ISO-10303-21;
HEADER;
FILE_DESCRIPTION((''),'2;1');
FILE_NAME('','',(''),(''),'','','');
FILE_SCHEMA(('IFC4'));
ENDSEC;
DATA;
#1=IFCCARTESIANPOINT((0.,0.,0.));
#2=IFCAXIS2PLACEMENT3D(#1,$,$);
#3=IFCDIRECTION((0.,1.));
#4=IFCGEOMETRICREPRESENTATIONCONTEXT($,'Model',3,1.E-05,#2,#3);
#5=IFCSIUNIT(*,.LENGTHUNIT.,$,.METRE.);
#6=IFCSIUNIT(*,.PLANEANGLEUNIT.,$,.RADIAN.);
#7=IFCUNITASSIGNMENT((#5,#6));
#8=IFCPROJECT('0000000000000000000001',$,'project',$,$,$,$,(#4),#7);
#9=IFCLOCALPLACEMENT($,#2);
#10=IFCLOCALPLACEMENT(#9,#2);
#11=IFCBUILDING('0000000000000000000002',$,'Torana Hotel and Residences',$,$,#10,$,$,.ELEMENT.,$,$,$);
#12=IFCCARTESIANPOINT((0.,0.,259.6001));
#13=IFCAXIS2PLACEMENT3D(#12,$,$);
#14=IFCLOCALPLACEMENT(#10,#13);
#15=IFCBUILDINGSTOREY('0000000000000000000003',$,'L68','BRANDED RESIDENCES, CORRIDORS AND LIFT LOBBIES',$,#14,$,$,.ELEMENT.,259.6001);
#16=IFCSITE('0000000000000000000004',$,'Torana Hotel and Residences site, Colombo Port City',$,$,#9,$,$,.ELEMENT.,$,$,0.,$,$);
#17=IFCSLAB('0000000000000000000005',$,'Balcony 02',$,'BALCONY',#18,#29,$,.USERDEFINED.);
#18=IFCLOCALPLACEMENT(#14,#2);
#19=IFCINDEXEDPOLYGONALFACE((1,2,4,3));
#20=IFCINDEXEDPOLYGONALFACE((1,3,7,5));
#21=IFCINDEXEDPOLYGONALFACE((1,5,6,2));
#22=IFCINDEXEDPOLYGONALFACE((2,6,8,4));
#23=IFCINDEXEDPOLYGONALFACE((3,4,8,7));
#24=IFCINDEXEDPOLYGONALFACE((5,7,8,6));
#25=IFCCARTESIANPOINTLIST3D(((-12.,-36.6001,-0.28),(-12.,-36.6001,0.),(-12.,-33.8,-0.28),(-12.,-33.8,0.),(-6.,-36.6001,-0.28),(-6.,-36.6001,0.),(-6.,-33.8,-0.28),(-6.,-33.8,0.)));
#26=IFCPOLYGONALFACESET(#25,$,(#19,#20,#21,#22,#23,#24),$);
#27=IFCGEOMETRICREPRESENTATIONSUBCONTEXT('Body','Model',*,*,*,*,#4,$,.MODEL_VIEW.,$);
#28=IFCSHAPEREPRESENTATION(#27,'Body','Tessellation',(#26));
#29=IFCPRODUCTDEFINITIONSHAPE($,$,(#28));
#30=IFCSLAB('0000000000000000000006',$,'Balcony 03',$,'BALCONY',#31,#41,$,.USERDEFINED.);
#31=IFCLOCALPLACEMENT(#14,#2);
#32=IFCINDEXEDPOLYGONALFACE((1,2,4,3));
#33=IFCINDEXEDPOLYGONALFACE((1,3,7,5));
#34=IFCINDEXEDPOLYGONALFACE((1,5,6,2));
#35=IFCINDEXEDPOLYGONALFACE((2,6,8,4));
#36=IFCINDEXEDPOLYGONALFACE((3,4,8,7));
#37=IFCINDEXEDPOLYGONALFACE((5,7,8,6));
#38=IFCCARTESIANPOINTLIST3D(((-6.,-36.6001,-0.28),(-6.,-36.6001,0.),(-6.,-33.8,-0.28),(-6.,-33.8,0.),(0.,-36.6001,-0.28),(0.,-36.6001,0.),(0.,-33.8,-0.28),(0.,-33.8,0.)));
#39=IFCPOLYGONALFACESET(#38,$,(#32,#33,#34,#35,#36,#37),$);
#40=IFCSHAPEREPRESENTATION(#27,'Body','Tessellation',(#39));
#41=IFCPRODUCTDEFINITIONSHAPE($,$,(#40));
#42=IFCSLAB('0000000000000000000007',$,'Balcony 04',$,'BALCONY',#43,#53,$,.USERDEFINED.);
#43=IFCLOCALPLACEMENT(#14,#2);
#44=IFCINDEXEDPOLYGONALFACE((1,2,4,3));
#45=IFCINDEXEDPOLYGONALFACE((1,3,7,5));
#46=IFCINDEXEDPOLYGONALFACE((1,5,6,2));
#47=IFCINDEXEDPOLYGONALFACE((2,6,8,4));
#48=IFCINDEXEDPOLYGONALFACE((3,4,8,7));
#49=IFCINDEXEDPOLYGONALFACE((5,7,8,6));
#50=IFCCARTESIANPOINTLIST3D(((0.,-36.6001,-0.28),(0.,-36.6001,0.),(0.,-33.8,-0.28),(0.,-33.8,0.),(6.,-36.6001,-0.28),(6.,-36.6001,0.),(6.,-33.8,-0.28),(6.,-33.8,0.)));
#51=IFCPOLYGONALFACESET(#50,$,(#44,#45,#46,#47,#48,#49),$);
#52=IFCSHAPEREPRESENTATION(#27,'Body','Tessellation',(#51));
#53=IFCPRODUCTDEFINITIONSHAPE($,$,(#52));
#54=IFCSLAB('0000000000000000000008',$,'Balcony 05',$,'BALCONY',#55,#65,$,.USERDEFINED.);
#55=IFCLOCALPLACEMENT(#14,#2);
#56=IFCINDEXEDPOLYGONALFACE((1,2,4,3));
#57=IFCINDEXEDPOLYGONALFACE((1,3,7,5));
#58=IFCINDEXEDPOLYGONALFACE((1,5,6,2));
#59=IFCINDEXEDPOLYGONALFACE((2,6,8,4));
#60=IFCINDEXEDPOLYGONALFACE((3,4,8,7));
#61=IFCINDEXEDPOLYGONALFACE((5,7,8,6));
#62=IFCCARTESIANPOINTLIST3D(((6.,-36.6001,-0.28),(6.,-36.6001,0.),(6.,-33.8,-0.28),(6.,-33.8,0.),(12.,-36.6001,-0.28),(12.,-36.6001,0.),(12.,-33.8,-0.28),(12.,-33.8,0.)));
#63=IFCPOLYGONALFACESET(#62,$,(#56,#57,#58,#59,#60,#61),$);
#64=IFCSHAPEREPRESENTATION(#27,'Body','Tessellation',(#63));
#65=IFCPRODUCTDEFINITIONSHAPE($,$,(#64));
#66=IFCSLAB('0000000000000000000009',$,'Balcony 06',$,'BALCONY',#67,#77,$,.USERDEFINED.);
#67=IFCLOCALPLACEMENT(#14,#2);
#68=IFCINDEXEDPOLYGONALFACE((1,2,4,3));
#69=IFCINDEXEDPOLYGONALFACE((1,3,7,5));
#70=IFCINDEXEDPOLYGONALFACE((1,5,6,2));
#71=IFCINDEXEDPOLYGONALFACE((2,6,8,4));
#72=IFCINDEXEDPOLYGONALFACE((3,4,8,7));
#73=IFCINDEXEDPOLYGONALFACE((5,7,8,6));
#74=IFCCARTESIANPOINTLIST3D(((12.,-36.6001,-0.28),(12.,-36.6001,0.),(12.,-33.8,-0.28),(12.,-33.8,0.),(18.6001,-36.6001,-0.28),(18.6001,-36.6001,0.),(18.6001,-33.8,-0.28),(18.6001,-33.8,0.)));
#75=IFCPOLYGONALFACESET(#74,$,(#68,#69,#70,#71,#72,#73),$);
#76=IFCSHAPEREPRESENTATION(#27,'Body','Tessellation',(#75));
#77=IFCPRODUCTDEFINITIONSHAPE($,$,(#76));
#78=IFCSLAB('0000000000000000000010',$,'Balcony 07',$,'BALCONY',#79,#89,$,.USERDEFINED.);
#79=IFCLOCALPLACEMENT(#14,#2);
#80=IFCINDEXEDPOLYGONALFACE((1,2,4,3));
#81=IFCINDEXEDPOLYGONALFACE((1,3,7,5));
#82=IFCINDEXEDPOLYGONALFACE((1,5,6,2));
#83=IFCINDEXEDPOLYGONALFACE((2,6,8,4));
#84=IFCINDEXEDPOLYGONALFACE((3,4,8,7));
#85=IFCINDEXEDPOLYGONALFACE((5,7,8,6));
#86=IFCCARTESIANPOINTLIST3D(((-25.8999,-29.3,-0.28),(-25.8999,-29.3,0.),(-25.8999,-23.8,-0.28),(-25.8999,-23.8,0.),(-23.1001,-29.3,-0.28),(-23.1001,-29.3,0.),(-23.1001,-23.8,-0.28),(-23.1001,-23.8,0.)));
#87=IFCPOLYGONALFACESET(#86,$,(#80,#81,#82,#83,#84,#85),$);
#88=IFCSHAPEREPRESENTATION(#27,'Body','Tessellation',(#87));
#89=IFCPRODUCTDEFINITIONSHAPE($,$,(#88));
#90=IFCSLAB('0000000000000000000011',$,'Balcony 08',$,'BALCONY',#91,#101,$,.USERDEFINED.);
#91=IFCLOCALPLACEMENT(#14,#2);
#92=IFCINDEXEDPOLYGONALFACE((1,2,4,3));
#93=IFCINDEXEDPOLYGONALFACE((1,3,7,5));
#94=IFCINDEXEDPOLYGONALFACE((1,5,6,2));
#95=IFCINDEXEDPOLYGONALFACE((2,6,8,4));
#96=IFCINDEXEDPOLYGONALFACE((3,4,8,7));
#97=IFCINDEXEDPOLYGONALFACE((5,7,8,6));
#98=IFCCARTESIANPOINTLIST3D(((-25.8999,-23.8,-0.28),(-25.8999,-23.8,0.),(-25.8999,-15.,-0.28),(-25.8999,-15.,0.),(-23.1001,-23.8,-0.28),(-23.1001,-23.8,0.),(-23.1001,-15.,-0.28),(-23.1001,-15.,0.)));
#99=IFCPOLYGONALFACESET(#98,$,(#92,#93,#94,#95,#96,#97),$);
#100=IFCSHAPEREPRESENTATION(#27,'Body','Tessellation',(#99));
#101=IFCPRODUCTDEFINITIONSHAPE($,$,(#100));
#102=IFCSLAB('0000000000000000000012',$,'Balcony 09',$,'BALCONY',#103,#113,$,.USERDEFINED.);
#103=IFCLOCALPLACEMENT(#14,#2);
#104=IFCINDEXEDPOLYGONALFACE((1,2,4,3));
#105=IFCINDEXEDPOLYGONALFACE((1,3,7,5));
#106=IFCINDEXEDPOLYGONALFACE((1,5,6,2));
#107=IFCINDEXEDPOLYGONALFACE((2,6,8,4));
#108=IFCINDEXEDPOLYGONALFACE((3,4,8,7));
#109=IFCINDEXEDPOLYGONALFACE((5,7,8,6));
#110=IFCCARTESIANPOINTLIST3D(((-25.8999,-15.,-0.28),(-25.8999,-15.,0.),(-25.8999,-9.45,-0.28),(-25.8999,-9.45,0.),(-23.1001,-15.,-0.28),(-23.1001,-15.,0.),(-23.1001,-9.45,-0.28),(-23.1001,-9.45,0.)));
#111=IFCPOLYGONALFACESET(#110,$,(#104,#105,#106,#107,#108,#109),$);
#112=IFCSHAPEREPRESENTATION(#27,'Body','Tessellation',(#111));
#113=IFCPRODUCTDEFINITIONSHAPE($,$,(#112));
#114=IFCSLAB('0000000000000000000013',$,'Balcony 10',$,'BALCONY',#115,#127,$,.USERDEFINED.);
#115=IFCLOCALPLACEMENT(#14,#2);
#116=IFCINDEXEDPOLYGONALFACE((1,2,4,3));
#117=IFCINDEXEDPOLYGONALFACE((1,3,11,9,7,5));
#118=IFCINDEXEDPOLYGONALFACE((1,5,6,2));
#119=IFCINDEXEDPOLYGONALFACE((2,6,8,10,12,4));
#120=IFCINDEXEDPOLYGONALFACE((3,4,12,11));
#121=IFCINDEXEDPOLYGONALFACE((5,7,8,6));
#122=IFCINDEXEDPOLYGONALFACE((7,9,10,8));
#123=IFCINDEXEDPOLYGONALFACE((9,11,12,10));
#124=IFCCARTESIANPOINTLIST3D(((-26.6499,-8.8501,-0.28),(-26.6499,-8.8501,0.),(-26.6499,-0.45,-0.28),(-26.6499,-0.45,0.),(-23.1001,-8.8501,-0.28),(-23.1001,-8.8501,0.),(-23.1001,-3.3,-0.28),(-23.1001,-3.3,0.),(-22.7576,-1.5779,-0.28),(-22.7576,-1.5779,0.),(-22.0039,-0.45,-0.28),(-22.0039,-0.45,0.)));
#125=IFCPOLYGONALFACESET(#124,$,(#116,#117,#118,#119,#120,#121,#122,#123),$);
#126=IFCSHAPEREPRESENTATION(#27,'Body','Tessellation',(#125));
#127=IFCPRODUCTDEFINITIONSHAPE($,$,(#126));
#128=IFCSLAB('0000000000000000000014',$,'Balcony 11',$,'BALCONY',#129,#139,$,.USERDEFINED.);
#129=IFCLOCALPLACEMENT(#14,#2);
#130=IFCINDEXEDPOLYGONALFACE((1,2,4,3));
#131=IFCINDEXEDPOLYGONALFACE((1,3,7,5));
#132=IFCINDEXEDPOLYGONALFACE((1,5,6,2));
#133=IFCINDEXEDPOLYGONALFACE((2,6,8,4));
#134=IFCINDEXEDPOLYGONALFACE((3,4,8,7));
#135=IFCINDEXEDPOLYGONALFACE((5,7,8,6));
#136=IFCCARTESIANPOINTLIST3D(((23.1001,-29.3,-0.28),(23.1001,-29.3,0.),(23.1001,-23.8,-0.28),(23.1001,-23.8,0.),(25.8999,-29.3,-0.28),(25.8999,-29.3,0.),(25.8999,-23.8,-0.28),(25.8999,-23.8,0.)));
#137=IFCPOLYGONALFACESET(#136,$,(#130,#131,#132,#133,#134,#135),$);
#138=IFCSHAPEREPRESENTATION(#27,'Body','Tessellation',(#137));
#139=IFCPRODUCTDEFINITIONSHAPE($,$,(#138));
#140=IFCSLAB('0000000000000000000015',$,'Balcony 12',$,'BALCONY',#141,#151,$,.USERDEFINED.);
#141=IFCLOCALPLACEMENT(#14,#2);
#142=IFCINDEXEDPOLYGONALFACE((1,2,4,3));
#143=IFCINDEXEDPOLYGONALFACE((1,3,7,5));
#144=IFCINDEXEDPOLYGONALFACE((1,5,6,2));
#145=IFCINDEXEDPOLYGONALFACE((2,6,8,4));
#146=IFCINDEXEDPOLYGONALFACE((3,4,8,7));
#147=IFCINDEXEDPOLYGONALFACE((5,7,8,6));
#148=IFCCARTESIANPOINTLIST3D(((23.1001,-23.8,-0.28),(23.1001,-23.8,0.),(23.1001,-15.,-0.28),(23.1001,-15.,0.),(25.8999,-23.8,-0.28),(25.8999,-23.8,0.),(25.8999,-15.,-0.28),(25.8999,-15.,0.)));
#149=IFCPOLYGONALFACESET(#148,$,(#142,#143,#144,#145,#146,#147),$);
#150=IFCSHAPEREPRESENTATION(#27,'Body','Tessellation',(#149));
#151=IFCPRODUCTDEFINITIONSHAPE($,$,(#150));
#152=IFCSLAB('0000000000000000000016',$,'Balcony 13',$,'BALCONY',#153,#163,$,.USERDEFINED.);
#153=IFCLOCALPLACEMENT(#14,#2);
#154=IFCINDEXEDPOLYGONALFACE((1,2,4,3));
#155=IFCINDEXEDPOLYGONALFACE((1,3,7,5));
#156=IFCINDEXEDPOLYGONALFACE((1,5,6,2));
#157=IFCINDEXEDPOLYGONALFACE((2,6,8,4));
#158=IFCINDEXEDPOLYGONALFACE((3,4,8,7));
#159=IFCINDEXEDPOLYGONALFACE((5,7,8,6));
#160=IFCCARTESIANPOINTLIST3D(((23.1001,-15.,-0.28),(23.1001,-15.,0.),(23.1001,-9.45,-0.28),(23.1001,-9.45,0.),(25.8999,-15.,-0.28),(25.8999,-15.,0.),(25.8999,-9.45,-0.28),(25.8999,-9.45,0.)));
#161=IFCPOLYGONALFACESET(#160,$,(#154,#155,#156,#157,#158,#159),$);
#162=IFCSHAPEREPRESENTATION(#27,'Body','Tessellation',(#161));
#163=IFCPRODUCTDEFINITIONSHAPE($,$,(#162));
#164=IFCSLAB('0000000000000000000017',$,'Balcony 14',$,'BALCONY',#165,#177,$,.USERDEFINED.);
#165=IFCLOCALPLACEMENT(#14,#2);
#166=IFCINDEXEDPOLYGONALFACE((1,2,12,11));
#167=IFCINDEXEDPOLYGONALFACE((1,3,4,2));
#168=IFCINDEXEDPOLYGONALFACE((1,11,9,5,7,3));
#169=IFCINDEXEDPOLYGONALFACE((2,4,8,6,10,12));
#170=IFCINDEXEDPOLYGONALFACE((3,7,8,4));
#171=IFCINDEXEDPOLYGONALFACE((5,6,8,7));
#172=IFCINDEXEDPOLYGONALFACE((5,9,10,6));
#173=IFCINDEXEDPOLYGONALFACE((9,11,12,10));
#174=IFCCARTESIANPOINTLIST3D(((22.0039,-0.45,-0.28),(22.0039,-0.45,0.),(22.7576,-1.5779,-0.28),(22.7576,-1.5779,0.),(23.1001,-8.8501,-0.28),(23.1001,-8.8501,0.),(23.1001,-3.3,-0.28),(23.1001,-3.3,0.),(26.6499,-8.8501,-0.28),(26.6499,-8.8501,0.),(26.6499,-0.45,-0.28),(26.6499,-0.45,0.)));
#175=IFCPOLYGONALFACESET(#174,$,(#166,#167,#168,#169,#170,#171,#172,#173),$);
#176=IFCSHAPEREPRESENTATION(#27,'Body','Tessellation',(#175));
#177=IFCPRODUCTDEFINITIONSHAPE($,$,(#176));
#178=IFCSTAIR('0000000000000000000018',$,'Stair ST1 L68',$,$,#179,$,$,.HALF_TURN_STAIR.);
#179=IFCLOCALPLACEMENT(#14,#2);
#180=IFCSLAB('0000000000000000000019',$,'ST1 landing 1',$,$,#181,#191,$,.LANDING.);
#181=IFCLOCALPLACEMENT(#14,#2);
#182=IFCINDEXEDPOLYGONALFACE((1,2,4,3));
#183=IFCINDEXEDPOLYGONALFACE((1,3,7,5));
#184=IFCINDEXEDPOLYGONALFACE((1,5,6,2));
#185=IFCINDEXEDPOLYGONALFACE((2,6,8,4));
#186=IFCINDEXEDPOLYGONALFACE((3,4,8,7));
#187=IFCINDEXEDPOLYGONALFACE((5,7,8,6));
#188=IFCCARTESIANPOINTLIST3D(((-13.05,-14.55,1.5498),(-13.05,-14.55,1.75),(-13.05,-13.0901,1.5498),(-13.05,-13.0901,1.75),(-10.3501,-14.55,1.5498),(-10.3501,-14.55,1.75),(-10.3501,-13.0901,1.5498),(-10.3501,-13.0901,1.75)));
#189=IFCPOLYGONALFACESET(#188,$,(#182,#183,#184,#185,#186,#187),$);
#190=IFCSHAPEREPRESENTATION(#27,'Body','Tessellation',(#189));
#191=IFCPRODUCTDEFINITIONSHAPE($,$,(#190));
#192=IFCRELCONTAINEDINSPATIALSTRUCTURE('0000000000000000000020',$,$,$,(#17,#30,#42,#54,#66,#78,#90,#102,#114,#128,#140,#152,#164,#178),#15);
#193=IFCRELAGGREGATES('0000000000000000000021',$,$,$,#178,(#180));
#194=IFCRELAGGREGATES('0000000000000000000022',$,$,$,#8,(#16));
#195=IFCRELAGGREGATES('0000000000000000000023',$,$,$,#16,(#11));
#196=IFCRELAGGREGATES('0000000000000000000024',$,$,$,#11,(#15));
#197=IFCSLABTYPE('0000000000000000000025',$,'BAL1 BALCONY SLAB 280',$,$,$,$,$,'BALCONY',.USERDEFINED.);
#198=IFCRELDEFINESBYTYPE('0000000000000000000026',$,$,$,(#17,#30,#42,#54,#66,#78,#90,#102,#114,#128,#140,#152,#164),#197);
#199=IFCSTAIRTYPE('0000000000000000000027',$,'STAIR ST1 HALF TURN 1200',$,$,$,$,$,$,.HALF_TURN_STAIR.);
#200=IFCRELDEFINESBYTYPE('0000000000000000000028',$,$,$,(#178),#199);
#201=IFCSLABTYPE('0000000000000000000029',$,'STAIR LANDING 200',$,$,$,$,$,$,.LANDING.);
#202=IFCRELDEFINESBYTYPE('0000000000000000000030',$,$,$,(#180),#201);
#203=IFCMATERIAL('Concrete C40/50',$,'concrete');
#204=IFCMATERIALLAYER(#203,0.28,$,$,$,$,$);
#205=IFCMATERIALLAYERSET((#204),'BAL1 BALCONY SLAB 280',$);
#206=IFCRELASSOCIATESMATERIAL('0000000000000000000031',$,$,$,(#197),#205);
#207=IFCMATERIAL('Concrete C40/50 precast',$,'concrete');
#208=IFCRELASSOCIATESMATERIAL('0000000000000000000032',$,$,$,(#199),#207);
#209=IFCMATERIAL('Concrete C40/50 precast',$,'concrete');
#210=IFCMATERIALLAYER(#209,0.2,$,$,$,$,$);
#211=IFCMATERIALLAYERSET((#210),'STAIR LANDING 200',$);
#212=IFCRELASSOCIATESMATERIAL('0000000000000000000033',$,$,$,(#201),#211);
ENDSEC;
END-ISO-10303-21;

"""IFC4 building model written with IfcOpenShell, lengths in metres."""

from ifc_helpers import new_model, si_unit, direction, frame, origin, place, context, subcontext, project, spatial, polyline, outline, extrude, material, layer, layer_set, type_object, element, aggregate, save


model = new_model("IFC4")

# Units and contexts
model_context = context("Model", 3, precision=1e-05, world=origin(), true_north=direction((0.0, 1.0)))
body_context = subcontext(model_context, "Body", "Model", "MODEL_VIEW")
ifc_project = project(units=[si_unit("LENGTHUNIT", "METRE"), si_unit("PLANEANGLEUNIT", "RADIAN")], contexts=[model_context])

# Site, building, storey
site_placement = place(None, origin())
site = spatial("IfcSite", under=ifc_project, at=site_placement, Name="Torana Hotel and Residences site, Colombo Port City", CompositionType="ELEMENT", RefElevation=0.0)
building_placement = place(site_placement, origin())
building = spatial("IfcBuilding", under=site, at=building_placement, Name="Torana Hotel and Residences", CompositionType="ELEMENT")
storey_placement = place(building_placement, frame((0.0, 0.0, 259.6001)))
storey = spatial("IfcBuildingStorey", under=building, at=storey_placement, Name="L68", Description="BRANDED RESIDENCES, CORRIDORS AND LIFT LOBBIES", CompositionType="ELEMENT", Elevation=259.6001)

# Slabs
ifc_material_1 = material(Name="Concrete C40/50", Category="concrete")
ifc_layer_1 = layer(ifc_material_1, 0.28)
ifc_layer_set_1 = layer_set([ifc_layer_1], Name="BAL1 BALCONY SLAB 280")
slab_type_1 = type_object("IfcSlabType", Name="BAL1 BALCONY SLAB 280", ElementType="BALCONY", PredefinedType="USERDEFINED", material=ifc_layer_set_1)
slab_1_placement = place(storey_placement, frame((0.0, 0.0, -0.28)))
element("IfcSlab", 1, at=slab_1_placement, inside=storey, type_object=slab_type_1, Name="Balcony 02", ObjectType="BALCONY", PredefinedType="USERDEFINED", context=body_context, shape_type="SweptSolid", body=[
    extrude(outline(polyline([(-12.0, -36.6001), (-6.0, -36.6001), (-6.0, -33.8), (-12.0, -33.8), (-12.0, -36.6001)])), origin(), (0.0, 0.0, 1.0), 0.28),
])
slab_2_placement = place(storey_placement, frame((0.0, 0.0, -0.28)))
element("IfcSlab", 2, at=slab_2_placement, inside=storey, type_object=slab_type_1, Name="Balcony 03", ObjectType="BALCONY", PredefinedType="USERDEFINED", context=body_context, shape_type="SweptSolid", body=[
    extrude(outline(polyline([(-6.0, -36.6001), (0.0, -36.6001), (0.0, -33.8), (-6.0, -33.8), (-6.0, -36.6001)])), origin(), (0.0, 0.0, 1.0), 0.28),
])
slab_3_placement = place(storey_placement, frame((0.0, 0.0, -0.28)))
element("IfcSlab", 3, at=slab_3_placement, inside=storey, type_object=slab_type_1, Name="Balcony 04", ObjectType="BALCONY", PredefinedType="USERDEFINED", context=body_context, shape_type="SweptSolid", body=[
    extrude(outline(polyline([(0.0, -36.6001), (6.0, -36.6001), (6.0, -33.8), (0.0, -33.8), (0.0, -36.6001)])), origin(), (0.0, 0.0, 1.0), 0.28),
])
slab_4_placement = place(storey_placement, frame((0.0, 0.0, -0.28)))
element("IfcSlab", 4, at=slab_4_placement, inside=storey, type_object=slab_type_1, Name="Balcony 05", ObjectType="BALCONY", PredefinedType="USERDEFINED", context=body_context, shape_type="SweptSolid", body=[
    extrude(outline(polyline([(6.0, -36.6001), (12.0, -36.6001), (12.0, -33.8), (6.0, -33.8), (6.0, -36.6001)])), origin(), (0.0, 0.0, 1.0), 0.28),
])
slab_5_placement = place(storey_placement, frame((0.0, 0.0, -0.28)))
element("IfcSlab", 5, at=slab_5_placement, inside=storey, type_object=slab_type_1, Name="Balcony 06", ObjectType="BALCONY", PredefinedType="USERDEFINED", context=body_context, shape_type="SweptSolid", body=[
    extrude(outline(polyline([(12.0, -36.6001), (18.6001, -36.6001), (18.6001, -33.8), (12.0, -33.8), (12.0, -36.6001)])), origin(), (0.0, 0.0, 1.0), 0.28),
])
slab_6_placement = place(storey_placement, frame((0.0, 0.0, -0.28)))
element("IfcSlab", 6, at=slab_6_placement, inside=storey, type_object=slab_type_1, Name="Balcony 07", ObjectType="BALCONY", PredefinedType="USERDEFINED", context=body_context, shape_type="SweptSolid", body=[
    extrude(outline(polyline([(-25.8999, -29.3), (-23.1001, -29.3), (-23.1001, -23.8), (-25.8999, -23.8), (-25.8999, -29.3)])), origin(), (0.0, 0.0, 1.0), 0.28),
])
slab_7_placement = place(storey_placement, frame((0.0, 0.0, -0.28)))
element("IfcSlab", 7, at=slab_7_placement, inside=storey, type_object=slab_type_1, Name="Balcony 08", ObjectType="BALCONY", PredefinedType="USERDEFINED", context=body_context, shape_type="SweptSolid", body=[
    extrude(outline(polyline([(-25.8999, -23.8), (-23.1001, -23.8), (-23.1001, -15.0), (-25.8999, -15.0), (-25.8999, -23.8)])), origin(), (0.0, 0.0, 1.0), 0.28),
])
slab_8_placement = place(storey_placement, frame((0.0, 0.0, -0.28)))
element("IfcSlab", 8, at=slab_8_placement, inside=storey, type_object=slab_type_1, Name="Balcony 09", ObjectType="BALCONY", PredefinedType="USERDEFINED", context=body_context, shape_type="SweptSolid", body=[
    extrude(outline(polyline([(-25.8999, -15.0), (-23.1001, -15.0), (-23.1001, -9.45), (-25.8999, -9.45), (-25.8999, -15.0)])), origin(), (0.0, 0.0, 1.0), 0.28),
])
slab_9_placement = place(storey_placement, frame((0.0, 0.0, -0.28)))
element("IfcSlab", 9, at=slab_9_placement, inside=storey, type_object=slab_type_1, Name="Balcony 10", ObjectType="BALCONY", PredefinedType="USERDEFINED", context=body_context, shape_type="SweptSolid", body=[
    extrude(outline(polyline([(-26.6499, -8.8501), (-23.1001, -8.8501), (-23.1001, -3.3), (-22.7576, -1.5779), (-22.0039, -0.45), (-26.6499, -0.45), (-26.6499, -8.8501)])), origin(), (0.0, 0.0, 1.0), 0.28),
])
slab_10_placement = place(storey_placement, frame((0.0, 0.0, -0.28)))
element("IfcSlab", 10, at=slab_10_placement, inside=storey, type_object=slab_type_1, Name="Balcony 11", ObjectType="BALCONY", PredefinedType="USERDEFINED", context=body_context, shape_type="SweptSolid", body=[
    extrude(outline(polyline([(23.1001, -29.3), (25.8999, -29.3), (25.8999, -23.8), (23.1001, -23.8), (23.1001, -29.3)])), origin(), (0.0, 0.0, 1.0), 0.28),
])
slab_11_placement = place(storey_placement, frame((0.0, 0.0, -0.28)))
element("IfcSlab", 11, at=slab_11_placement, inside=storey, type_object=slab_type_1, Name="Balcony 12", ObjectType="BALCONY", PredefinedType="USERDEFINED", context=body_context, shape_type="SweptSolid", body=[
    extrude(outline(polyline([(23.1001, -23.8), (25.8999, -23.8), (25.8999, -15.0), (23.1001, -15.0), (23.1001, -23.8)])), origin(), (0.0, 0.0, 1.0), 0.28),
])
slab_12_placement = place(storey_placement, frame((0.0, 0.0, -0.28)))
element("IfcSlab", 12, at=slab_12_placement, inside=storey, type_object=slab_type_1, Name="Balcony 13", ObjectType="BALCONY", PredefinedType="USERDEFINED", context=body_context, shape_type="SweptSolid", body=[
    extrude(outline(polyline([(23.1001, -15.0), (25.8999, -15.0), (25.8999, -9.45), (23.1001, -9.45), (23.1001, -15.0)])), origin(), (0.0, 0.0, 1.0), 0.28),
])
slab_13_placement = place(storey_placement, frame((0.0, 0.0, -0.28)))
element("IfcSlab", 13, at=slab_13_placement, inside=storey, type_object=slab_type_1, Name="Balcony 14", ObjectType="BALCONY", PredefinedType="USERDEFINED", context=body_context, shape_type="SweptSolid", body=[
    extrude(outline(polyline([(23.1001, -8.8501), (26.6499, -8.8501), (26.6499, -0.45), (22.0039, -0.45), (22.7576, -1.5779), (23.1001, -3.3), (23.1001, -8.8501)])), origin(), (0.0, 0.0, 1.0), 0.28),
])

# Stair, slab
ifc_material_2 = material(Name="Concrete C40/50 precast", Category="concrete")
stair_type_1 = type_object("IfcStairType", Name="STAIR ST1 HALF TURN 1200", PredefinedType="HALF_TURN_STAIR", material=ifc_material_2)
stair_1_placement = place(storey_placement, origin())
stair_1 = element("IfcStair", 14, at=stair_1_placement, inside=storey, type_object=stair_type_1, Name="Stair ST1 L68", PredefinedType="HALF_TURN_STAIR")
ifc_material_3 = material(Name="Concrete C40/50 precast", Category="concrete")
ifc_layer_2 = layer(ifc_material_3, 0.2)
ifc_layer_set_2 = layer_set([ifc_layer_2], Name="STAIR LANDING 200")
slab_type_2 = type_object("IfcSlabType", Name="STAIR LANDING 200", PredefinedType="LANDING", material=ifc_layer_set_2)
slab_14_placement = place(storey_placement, frame((0.0, 0.0, 1.5498)))
slab_14 = element("IfcSlab", 15, at=slab_14_placement, type_object=slab_type_2, Name="ST1 landing 1", PredefinedType="LANDING", context=body_context, shape_type="SweptSolid", body=[
    extrude(outline(polyline([(-13.05, -14.55), (-10.3501, -14.55), (-10.3501, -13.0901), (-13.05, -13.0901), (-13.05, -14.55)])), origin(), (0.0, 0.0, 1.0), 0.2002),
])
aggregate(stair_1, [slab_14])

save(model, "model.ifc")
